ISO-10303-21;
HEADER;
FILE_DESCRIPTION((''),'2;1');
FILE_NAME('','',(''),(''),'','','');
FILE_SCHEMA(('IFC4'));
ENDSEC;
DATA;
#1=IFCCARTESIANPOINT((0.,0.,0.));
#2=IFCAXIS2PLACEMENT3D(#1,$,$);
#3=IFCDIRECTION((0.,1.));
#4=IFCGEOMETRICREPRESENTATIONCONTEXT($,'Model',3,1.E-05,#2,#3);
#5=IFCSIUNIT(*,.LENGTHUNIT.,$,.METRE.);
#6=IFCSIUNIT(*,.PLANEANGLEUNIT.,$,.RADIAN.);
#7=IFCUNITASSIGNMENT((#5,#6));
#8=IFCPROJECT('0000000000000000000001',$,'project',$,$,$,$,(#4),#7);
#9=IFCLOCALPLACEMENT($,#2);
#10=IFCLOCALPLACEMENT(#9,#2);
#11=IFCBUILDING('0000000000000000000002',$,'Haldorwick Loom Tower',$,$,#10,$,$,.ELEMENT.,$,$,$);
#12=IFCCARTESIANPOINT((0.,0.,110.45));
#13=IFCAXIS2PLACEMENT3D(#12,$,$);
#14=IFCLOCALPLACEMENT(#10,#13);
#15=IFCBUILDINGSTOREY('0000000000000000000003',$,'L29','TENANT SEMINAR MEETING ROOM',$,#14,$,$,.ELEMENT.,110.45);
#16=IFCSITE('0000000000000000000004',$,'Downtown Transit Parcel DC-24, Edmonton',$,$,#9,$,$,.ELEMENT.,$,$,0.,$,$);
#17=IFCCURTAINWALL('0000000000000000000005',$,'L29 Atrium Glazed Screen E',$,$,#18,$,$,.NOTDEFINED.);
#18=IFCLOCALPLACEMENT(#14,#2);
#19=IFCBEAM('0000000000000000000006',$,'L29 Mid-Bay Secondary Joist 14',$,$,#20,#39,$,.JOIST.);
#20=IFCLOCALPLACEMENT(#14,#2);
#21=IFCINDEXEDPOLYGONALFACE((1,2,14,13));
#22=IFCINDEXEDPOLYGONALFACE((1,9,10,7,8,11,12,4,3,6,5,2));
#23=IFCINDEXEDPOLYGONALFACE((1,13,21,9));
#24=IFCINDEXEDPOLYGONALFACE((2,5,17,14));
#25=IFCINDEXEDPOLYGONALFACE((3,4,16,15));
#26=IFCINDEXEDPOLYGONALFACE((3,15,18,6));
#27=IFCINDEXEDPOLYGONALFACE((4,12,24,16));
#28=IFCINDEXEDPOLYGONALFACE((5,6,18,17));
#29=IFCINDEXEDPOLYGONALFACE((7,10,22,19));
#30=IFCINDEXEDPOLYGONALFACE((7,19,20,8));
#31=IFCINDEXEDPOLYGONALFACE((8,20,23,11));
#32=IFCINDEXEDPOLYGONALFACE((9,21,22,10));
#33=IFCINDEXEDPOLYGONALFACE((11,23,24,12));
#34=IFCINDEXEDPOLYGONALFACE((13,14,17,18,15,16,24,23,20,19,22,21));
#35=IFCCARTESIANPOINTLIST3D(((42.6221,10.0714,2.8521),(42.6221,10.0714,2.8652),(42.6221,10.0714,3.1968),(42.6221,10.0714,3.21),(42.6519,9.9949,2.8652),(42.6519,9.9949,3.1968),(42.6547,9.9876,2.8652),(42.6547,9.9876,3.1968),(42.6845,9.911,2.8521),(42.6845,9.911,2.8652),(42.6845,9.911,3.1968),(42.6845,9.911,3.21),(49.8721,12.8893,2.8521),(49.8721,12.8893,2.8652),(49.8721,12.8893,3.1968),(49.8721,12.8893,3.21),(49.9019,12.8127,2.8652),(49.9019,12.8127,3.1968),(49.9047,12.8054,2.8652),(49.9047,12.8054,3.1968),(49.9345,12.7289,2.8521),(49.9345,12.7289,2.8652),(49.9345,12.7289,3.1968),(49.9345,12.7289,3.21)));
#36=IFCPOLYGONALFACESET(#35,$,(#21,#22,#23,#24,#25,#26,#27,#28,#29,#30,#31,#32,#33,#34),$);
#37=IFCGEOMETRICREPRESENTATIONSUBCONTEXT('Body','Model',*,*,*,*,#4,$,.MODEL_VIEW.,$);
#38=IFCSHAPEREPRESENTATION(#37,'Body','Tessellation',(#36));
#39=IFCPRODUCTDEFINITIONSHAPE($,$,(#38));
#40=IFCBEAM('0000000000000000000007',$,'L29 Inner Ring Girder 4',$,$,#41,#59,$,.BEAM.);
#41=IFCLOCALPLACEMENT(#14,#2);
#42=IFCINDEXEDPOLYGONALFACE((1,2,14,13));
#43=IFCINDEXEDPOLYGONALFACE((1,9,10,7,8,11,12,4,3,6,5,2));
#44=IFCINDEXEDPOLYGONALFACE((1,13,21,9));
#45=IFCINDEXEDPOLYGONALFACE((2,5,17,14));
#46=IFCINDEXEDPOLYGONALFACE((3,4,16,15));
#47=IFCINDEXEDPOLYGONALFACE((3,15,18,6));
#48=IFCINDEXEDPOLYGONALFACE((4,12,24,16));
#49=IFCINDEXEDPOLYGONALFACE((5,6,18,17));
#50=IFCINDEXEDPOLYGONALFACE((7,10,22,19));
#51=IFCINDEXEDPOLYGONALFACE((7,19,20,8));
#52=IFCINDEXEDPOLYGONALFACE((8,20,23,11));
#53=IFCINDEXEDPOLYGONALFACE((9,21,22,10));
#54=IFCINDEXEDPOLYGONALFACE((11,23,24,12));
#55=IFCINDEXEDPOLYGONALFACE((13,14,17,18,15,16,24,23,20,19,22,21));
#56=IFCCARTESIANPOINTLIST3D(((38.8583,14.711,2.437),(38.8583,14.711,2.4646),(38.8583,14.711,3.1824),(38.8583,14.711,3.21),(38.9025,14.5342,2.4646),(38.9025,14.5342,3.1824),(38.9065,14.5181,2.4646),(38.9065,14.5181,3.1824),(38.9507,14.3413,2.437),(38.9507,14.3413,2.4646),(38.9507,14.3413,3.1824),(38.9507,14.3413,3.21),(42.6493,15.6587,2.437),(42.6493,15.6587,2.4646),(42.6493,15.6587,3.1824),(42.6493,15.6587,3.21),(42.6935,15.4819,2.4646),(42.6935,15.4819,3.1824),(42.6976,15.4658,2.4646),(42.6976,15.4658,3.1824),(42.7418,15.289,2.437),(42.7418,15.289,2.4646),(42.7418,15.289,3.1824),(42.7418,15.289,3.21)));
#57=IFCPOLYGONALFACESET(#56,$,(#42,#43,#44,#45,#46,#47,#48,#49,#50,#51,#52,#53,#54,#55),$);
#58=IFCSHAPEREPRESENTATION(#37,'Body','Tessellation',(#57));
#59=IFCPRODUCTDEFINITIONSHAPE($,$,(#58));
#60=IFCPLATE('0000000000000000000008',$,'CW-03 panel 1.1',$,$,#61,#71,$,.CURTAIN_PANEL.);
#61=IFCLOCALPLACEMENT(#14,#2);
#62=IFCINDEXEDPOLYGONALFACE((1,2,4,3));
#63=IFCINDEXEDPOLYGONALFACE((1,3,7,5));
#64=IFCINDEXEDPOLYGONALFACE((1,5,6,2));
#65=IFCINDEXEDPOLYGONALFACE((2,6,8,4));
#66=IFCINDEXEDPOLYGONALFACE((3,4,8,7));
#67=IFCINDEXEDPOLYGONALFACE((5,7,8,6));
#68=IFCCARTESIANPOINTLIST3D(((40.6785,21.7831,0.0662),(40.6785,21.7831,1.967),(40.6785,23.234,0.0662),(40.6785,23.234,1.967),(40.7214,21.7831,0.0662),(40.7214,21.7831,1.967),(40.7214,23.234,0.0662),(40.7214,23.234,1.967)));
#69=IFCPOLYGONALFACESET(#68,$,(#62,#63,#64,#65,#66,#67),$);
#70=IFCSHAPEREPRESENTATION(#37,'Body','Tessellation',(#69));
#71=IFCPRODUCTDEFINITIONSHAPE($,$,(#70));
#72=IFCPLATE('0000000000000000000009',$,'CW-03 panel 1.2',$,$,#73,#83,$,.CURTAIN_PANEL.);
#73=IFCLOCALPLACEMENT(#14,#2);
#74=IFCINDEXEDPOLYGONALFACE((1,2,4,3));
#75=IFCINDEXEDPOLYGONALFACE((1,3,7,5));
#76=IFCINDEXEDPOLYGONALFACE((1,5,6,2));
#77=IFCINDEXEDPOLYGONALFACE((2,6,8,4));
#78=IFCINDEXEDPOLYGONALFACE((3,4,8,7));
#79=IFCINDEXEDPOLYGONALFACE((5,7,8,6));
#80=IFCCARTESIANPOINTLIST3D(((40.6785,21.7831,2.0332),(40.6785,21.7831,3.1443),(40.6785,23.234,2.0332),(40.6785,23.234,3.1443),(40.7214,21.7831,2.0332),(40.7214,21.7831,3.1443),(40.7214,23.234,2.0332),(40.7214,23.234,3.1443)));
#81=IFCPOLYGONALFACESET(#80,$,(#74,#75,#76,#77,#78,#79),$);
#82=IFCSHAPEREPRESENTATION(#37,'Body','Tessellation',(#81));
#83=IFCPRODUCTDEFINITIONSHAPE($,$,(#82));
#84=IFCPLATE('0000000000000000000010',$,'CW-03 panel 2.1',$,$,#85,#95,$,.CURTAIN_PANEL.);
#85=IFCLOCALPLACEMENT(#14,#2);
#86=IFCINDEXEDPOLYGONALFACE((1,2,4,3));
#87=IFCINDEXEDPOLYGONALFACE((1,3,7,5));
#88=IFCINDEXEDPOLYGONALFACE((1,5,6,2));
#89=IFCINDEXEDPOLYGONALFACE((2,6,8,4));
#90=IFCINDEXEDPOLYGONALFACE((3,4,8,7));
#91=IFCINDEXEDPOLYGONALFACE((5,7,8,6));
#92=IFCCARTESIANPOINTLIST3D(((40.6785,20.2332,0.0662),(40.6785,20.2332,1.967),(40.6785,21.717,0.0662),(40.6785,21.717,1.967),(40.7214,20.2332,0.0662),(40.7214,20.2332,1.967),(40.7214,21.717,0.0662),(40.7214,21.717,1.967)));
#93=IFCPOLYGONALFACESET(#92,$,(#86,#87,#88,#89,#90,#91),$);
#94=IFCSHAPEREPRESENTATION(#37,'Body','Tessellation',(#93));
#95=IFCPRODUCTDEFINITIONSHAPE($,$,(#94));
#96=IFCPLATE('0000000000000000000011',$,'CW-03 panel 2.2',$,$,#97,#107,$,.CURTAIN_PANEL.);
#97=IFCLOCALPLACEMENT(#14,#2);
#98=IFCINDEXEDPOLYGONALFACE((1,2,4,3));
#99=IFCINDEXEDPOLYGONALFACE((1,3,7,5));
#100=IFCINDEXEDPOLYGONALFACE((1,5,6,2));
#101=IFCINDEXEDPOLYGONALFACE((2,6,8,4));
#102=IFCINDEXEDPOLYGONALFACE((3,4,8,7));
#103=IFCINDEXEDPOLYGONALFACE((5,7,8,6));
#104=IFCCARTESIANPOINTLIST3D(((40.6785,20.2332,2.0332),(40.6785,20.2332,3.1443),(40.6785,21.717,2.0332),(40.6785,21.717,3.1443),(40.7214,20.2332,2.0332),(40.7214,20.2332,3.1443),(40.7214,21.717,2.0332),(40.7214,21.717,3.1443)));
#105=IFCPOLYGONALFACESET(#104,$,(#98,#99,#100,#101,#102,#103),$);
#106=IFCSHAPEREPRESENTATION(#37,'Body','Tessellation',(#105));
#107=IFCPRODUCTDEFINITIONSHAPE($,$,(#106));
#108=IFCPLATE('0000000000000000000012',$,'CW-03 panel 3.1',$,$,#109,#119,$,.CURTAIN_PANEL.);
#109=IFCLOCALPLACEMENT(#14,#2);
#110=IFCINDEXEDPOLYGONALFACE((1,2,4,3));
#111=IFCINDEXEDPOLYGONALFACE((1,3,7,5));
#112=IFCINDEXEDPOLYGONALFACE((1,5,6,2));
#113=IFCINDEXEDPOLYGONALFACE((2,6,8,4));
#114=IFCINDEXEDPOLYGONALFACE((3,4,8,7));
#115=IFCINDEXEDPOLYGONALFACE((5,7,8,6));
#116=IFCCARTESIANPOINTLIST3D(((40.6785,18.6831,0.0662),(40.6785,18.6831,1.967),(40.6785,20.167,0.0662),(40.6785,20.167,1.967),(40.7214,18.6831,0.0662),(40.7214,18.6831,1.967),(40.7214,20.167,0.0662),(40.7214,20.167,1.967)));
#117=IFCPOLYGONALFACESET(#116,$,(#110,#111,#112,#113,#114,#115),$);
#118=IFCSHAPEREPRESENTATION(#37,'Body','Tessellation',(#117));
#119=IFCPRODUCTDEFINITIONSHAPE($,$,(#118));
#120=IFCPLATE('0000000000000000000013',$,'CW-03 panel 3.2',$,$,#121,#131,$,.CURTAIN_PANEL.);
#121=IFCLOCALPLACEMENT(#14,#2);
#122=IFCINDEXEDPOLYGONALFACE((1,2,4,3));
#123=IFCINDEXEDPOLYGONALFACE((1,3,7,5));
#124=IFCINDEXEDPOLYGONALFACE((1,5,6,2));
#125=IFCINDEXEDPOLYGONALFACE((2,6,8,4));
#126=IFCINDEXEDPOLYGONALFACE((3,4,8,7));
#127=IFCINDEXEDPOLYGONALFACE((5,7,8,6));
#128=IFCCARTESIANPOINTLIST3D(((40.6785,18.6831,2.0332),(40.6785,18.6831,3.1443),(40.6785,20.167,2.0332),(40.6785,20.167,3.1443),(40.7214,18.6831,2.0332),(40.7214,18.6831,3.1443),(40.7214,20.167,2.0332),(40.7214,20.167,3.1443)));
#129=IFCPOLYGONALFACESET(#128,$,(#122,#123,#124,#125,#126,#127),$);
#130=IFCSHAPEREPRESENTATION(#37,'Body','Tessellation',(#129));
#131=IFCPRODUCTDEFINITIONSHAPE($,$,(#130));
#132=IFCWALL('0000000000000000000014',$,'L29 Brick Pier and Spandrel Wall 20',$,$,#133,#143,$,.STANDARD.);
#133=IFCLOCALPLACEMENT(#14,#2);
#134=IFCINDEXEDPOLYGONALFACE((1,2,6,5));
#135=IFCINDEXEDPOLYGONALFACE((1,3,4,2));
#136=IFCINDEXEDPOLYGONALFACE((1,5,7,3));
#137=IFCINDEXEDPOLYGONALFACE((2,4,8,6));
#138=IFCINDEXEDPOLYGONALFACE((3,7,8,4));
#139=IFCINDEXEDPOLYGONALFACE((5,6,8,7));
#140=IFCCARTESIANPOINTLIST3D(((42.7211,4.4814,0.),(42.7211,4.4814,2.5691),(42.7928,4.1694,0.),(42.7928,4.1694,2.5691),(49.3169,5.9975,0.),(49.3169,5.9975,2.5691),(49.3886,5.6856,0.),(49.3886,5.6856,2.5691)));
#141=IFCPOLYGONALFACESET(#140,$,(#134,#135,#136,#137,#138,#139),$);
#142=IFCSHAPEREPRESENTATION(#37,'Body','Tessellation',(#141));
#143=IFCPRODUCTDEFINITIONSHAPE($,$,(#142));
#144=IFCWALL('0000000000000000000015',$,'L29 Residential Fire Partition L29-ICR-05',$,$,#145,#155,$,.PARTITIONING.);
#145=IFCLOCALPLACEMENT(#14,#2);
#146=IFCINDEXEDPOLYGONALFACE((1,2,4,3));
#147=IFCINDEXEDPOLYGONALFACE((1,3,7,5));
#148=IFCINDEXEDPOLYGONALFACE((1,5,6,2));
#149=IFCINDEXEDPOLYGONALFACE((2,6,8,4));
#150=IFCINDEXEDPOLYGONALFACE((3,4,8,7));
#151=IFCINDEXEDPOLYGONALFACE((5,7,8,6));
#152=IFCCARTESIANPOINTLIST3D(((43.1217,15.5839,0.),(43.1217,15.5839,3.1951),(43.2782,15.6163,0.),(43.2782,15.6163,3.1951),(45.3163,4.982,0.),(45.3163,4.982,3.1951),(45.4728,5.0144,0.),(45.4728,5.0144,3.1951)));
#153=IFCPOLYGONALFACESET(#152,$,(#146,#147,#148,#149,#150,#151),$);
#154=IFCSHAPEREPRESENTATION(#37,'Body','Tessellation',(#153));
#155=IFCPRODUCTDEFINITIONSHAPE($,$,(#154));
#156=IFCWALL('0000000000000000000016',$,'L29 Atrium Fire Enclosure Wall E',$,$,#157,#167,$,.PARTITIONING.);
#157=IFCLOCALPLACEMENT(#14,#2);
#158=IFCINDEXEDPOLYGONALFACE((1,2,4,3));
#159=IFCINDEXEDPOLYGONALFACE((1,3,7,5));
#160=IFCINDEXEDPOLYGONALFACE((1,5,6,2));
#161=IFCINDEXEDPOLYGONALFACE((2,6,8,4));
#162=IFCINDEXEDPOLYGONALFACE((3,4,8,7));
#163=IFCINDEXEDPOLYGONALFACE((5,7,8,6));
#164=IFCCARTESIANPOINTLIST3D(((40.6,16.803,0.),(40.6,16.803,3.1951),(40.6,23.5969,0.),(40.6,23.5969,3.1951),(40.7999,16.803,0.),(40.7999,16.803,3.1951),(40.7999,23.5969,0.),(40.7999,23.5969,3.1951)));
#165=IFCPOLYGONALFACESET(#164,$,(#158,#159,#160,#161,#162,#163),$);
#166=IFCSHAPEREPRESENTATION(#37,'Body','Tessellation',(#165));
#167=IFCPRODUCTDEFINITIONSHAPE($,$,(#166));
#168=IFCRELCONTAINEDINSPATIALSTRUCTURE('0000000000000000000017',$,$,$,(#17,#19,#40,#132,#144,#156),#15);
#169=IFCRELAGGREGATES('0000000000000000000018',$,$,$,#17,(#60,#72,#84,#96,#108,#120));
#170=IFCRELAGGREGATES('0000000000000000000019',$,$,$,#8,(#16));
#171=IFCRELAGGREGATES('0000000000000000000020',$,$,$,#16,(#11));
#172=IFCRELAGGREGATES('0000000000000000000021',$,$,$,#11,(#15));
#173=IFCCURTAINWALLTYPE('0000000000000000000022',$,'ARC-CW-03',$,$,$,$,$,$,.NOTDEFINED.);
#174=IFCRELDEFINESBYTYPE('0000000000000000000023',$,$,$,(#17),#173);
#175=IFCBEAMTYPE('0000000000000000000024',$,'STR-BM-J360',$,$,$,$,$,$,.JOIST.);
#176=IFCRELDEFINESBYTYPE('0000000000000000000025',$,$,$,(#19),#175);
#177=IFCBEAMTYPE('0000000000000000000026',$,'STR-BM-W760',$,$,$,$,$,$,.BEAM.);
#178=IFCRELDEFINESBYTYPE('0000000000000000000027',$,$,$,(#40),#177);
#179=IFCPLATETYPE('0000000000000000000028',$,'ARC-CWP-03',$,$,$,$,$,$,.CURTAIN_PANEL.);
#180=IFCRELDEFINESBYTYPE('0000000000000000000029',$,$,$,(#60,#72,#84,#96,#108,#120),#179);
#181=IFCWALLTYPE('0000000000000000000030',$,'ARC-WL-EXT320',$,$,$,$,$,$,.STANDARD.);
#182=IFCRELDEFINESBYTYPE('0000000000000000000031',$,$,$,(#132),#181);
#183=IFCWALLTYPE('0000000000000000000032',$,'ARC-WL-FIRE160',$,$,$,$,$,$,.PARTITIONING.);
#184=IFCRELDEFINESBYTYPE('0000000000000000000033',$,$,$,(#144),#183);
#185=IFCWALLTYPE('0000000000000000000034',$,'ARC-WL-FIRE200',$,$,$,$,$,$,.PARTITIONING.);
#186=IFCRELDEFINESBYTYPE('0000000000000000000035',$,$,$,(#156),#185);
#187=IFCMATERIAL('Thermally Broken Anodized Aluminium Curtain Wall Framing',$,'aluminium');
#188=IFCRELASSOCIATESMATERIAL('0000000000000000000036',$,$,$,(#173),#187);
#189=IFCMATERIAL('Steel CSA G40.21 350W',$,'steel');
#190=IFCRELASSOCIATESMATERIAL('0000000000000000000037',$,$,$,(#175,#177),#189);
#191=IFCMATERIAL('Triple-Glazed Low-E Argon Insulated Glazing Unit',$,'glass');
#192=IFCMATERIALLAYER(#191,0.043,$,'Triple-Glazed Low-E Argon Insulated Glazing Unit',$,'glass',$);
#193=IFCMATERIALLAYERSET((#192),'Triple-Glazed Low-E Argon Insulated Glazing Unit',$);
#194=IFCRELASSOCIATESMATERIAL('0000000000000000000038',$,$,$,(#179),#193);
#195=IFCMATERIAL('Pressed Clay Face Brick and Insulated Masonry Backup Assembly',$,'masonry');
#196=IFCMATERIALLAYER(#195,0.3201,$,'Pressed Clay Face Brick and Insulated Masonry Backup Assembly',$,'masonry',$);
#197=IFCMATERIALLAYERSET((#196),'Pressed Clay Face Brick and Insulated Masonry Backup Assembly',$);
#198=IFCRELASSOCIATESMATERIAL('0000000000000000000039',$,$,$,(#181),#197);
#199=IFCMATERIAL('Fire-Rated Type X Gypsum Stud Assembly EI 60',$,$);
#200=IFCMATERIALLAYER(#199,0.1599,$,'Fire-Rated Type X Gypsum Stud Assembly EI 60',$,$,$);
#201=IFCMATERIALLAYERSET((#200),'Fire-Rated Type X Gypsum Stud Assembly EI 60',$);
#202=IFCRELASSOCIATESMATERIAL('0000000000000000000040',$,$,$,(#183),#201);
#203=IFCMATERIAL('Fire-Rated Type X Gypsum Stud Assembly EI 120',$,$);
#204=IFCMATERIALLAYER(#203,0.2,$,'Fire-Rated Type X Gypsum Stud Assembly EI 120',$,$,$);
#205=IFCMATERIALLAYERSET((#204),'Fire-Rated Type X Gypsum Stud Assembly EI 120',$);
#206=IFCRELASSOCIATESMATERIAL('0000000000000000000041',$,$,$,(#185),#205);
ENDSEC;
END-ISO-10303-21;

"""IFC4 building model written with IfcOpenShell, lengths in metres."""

from ifc_helpers import new_model, si_unit, direction, frame, frame_2d, origin, origin_2d, place, context, subcontext, project, spatial, rectangle, i_section, extrude, material, layer, layer_set, material_profile, profile_set, type_object, element, aggregate, save


model = new_model("IFC4")

# Units and contexts
model_context = context("Model", 3, precision=1e-05, world=origin(), true_north=direction((0.0, 1.0)))
body_context = subcontext(model_context, "Body", "Model", "MODEL_VIEW")
ifc_project = project(units=[si_unit("LENGTHUNIT", "METRE"), si_unit("PLANEANGLEUNIT", "RADIAN")], contexts=[model_context])

# Site, building, storey
site_placement = place(None, origin())
site = spatial("IfcSite", under=ifc_project, at=site_placement, Name="Downtown Transit Parcel DC-24, Edmonton", CompositionType="ELEMENT", RefElevation=0.0)
building_placement = place(site_placement, origin())
building = spatial("IfcBuilding", under=site, at=building_placement, Name="Haldorwick Loom Tower", CompositionType="ELEMENT")
storey_placement = place(building_placement, frame((0.0, 0.0, 110.45)))
storey = spatial("IfcBuildingStorey", under=building, at=storey_placement, Name="L29", Description="TENANT SEMINAR MEETING ROOM", CompositionType="ELEMENT", Elevation=110.45)

# Curtain wall
ifc_material_1 = material(Name="Thermally Broken Anodized Aluminium Curtain Wall Framing", Category="aluminium")
curtain_wall_type = type_object("IfcCurtainWallType", Name="ARC-CW-03", PredefinedType="NOTDEFINED", material=ifc_material_1)
curtain_wall_placement = place(storey_placement, origin())
curtain_wall = element("IfcCurtainWall", 1, at=curtain_wall_placement, inside=storey, type_object=curtain_wall_type, Name="L29 Atrium Glazed Screen E", PredefinedType="NOTDEFINED")

# Beams
ifc_material_2 = material(Name="Steel CSA G40.21 350W", Category="steel")
ifc_material_profile_1 = material_profile(ifc_material_2, i_section(OverallWidth=0.1721, OverallDepth=0.3579, WebThickness=0.0078, FlangeThickness=0.0132, at=origin_2d()), Name="W360X57", Category="steel")
ifc_profile_set_1 = profile_set([ifc_material_profile_1], Name="Steel CSA G40.21 350W")
beam_type_1 = type_object("IfcBeamType", Name="STR-BM-J360", PredefinedType="JOIST", material=ifc_profile_set_1)
beam_1_placement = place(storey_placement, frame((42.6533, 9.9912, 3.031), z_axis=(0.932073, 0.362271, 0.0), x_axis=(-0.362271, 0.932073, 0.0)))
element("IfcBeam", 2, at=beam_1_placement, inside=storey, type_object=beam_type_1, Name="L29 Mid-Bay Secondary Joist 14", PredefinedType="JOIST", context=body_context, shape_type="SweptSolid", body=[
    extrude(i_section(OverallWidth=0.1721, OverallDepth=0.3579, WebThickness=0.0078, FlangeThickness=0.0132, at=origin_2d()), origin(), (0.0, 0.0, 1.0), 7.7783),
])
ifc_material_profile_2 = material_profile(ifc_material_2, i_section(OverallWidth=0.3811, OverallDepth=0.7729, WebThickness=0.0166, FlangeThickness=0.0276, at=origin_2d()), Name="W760X257", Category="steel")
ifc_profile_set_2 = profile_set([ifc_material_profile_2], Name="Steel CSA G40.21 350W")
beam_type_2 = type_object("IfcBeamType", Name="STR-BM-W760", PredefinedType="BEAM", material=ifc_profile_set_2)
beam_2_placement = place(storey_placement, frame((42.6956, 15.4739, 2.8235), z_axis=(-0.970143, -0.242536, 0.0), x_axis=(0.242536, -0.970143, 0.0)))
element("IfcBeam", 3, at=beam_2_placement, inside=storey, type_object=beam_type_2, Name="L29 Inner Ring Girder 4", PredefinedType="BEAM", context=body_context, shape_type="SweptSolid", body=[
    extrude(i_section(OverallWidth=0.3811, OverallDepth=0.7729, WebThickness=0.0166, FlangeThickness=0.0276, at=origin_2d()), origin(), (0.0, 0.0, 1.0), 3.9077),
])

# Plates
ifc_material_3 = material(Name="Triple-Glazed Low-E Argon Insulated Glazing Unit", Category="glass")
ifc_layer_1 = layer(ifc_material_3, 0.043, Name="Triple-Glazed Low-E Argon Insulated Glazing Unit", Category="glass")
ifc_layer_set_1 = layer_set([ifc_layer_1], Name="Triple-Glazed Low-E Argon Insulated Glazing Unit")
plate_type = type_object("IfcPlateType", Name="ARC-CWP-03", PredefinedType="CURTAIN_PANEL", material=ifc_layer_set_1)
plate_1_placement = place(storey_placement, frame((40.7, 22.5085, 0.0662), z_axis=(0.0, 0.0, 1.0), x_axis=(0.0, -1.0, 0.0)))
plate_1 = element("IfcPlate", 4, at=plate_1_placement, type_object=plate_type, Name="CW-03 panel 1.1", PredefinedType="CURTAIN_PANEL", context=body_context, shape_type="SweptSolid", body=[
    extrude(rectangle(XDim=1.4509, YDim=0.043, at=origin_2d()), origin(), (0.0, 0.0, 1.0), 1.9009),
])
plate_2_placement = place(storey_placement, frame((40.7, 22.5085, 2.0332), z_axis=(0.0, 0.0, 1.0), x_axis=(0.0, -1.0, 0.0)))
plate_2 = element("IfcPlate", 5, at=plate_2_placement, type_object=plate_type, Name="CW-03 panel 1.2", PredefinedType="CURTAIN_PANEL", context=body_context, shape_type="SweptSolid", body=[
    extrude(rectangle(XDim=1.4509, YDim=0.043, at=origin_2d()), origin(), (0.0, 0.0, 1.0), 1.1111),
])
plate_3_placement = place(storey_placement, frame((40.7, 20.9751, 0.0662), z_axis=(0.0, 0.0, 1.0), x_axis=(0.0, -1.0, 0.0)))
plate_3 = element("IfcPlate", 6, at=plate_3_placement, type_object=plate_type, Name="CW-03 panel 2.1", PredefinedType="CURTAIN_PANEL", context=body_context, shape_type="SweptSolid", body=[
    extrude(rectangle(XDim=1.4839, YDim=0.043, at=origin_2d()), origin(), (0.0, 0.0, 1.0), 1.9009),
])
plate_4_placement = place(storey_placement, frame((40.7, 20.9751, 2.0332), z_axis=(0.0, 0.0, 1.0), x_axis=(0.0, -1.0, 0.0)))
plate_4 = element("IfcPlate", 7, at=plate_4_placement, type_object=plate_type, Name="CW-03 panel 2.2", PredefinedType="CURTAIN_PANEL", context=body_context, shape_type="SweptSolid", body=[
    extrude(rectangle(XDim=1.4839, YDim=0.043, at=origin_2d()), origin(), (0.0, 0.0, 1.0), 1.1111),
])
plate_5_placement = place(storey_placement, frame((40.7, 19.425, 0.0662), z_axis=(0.0, 0.0, 1.0), x_axis=(0.0, -1.0, 0.0)))
plate_5 = element("IfcPlate", 8, at=plate_5_placement, type_object=plate_type, Name="CW-03 panel 3.1", PredefinedType="CURTAIN_PANEL", context=body_context, shape_type="SweptSolid", body=[
    extrude(rectangle(XDim=1.4839, YDim=0.043, at=origin_2d()), origin(), (0.0, 0.0, 1.0), 1.9009),
])
plate_6_placement = place(storey_placement, frame((40.7, 19.425, 2.0332), z_axis=(0.0, 0.0, 1.0), x_axis=(0.0, -1.0, 0.0)))
plate_6 = element("IfcPlate", 9, at=plate_6_placement, type_object=plate_type, Name="CW-03 panel 3.2", PredefinedType="CURTAIN_PANEL", context=body_context, shape_type="SweptSolid", body=[
    extrude(rectangle(XDim=1.4839, YDim=0.043, at=origin_2d()), origin(), (0.0, 0.0, 1.0), 1.1111),
])
aggregate(curtain_wall, [plate_1, plate_2, plate_3, plate_4, plate_5, plate_6])

# Walls
ifc_material_4 = material(Name="Pressed Clay Face Brick and Insulated Masonry Backup Assembly", Category="masonry")
ifc_layer_2 = layer(ifc_material_4, 0.3201, Name="Pressed Clay Face Brick and Insulated Masonry Backup Assembly", Category="masonry")
ifc_layer_set_2 = layer_set([ifc_layer_2], Name="Pressed Clay Face Brick and Insulated Masonry Backup Assembly")
wall_type_1 = type_object("IfcWallType", Name="ARC-WL-EXT320", PredefinedType="STANDARD", material=ifc_layer_set_2)
wall_1_placement = place(storey_placement, frame((42.7571, 4.3254, 0.0), z_axis=(0.0, 0.0, 1.0), x_axis=(0.974584, 0.224022, 0.0)))
element("IfcWall", 10, at=wall_1_placement, inside=storey, type_object=wall_type_1, Name="L29 Brick Pier and Spandrel Wall 20", PredefinedType="STANDARD", context=body_context, shape_type="SweptSolid", body=[
    extrude(rectangle(XDim=6.7678, YDim=0.3201, at=frame_2d((3.3838, 0.0))), origin(), (0.0, 0.0, 1.0), 2.5691),
])
ifc_material_5 = material(Name="Fire-Rated Type X Gypsum Stud Assembly EI 60")
ifc_layer_3 = layer(ifc_material_5, 0.1599, Name="Fire-Rated Type X Gypsum Stud Assembly EI 60")
ifc_layer_set_3 = layer_set([ifc_layer_3], Name="Fire-Rated Type X Gypsum Stud Assembly EI 60")
wall_type_2 = type_object("IfcWallType", Name="ARC-WL-FIRE160", PredefinedType="PARTITIONING", material=ifc_layer_set_3)
wall_2_placement = place(storey_placement, frame((43.2, 15.6001, 0.0), z_axis=(0.0, 0.0, 1.0), x_axis=(0.202703, -0.97924, 0.0)))
element("IfcWall", 11, at=wall_2_placement, inside=storey, type_object=wall_type_2, Name="L29 Residential Fire Partition L29-ICR-05", PredefinedType="PARTITIONING", context=body_context, shape_type="SweptSolid", body=[
    extrude(rectangle(XDim=10.8267, YDim=0.1599, at=frame_2d((5.4133, 0.0))), origin(), (0.0, 0.0, 1.0), 3.1951),
])
ifc_material_6 = material(Name="Fire-Rated Type X Gypsum Stud Assembly EI 120")
ifc_layer_4 = layer(ifc_material_6, 0.2, Name="Fire-Rated Type X Gypsum Stud Assembly EI 120")
ifc_layer_set_4 = layer_set([ifc_layer_4], Name="Fire-Rated Type X Gypsum Stud Assembly EI 120")
wall_type_3 = type_object("IfcWallType", Name="ARC-WL-FIRE200", PredefinedType="PARTITIONING", material=ifc_layer_set_4)
wall_3_placement = place(storey_placement, frame((40.7, 23.5969, 0.0), z_axis=(0.0, 0.0, 1.0), x_axis=(0.0, -1.0, 0.0)))
element("IfcWall", 12, at=wall_3_placement, inside=storey, type_object=wall_type_3, Name="L29 Atrium Fire Enclosure Wall E", PredefinedType="PARTITIONING", context=body_context, shape_type="SweptSolid", body=[
    extrude(rectangle(XDim=6.7939, YDim=0.2, at=frame_2d((3.397, 0.0))), origin(), (0.0, 0.0, 1.0), 3.1951),
])

save(model, "model.ifc")
